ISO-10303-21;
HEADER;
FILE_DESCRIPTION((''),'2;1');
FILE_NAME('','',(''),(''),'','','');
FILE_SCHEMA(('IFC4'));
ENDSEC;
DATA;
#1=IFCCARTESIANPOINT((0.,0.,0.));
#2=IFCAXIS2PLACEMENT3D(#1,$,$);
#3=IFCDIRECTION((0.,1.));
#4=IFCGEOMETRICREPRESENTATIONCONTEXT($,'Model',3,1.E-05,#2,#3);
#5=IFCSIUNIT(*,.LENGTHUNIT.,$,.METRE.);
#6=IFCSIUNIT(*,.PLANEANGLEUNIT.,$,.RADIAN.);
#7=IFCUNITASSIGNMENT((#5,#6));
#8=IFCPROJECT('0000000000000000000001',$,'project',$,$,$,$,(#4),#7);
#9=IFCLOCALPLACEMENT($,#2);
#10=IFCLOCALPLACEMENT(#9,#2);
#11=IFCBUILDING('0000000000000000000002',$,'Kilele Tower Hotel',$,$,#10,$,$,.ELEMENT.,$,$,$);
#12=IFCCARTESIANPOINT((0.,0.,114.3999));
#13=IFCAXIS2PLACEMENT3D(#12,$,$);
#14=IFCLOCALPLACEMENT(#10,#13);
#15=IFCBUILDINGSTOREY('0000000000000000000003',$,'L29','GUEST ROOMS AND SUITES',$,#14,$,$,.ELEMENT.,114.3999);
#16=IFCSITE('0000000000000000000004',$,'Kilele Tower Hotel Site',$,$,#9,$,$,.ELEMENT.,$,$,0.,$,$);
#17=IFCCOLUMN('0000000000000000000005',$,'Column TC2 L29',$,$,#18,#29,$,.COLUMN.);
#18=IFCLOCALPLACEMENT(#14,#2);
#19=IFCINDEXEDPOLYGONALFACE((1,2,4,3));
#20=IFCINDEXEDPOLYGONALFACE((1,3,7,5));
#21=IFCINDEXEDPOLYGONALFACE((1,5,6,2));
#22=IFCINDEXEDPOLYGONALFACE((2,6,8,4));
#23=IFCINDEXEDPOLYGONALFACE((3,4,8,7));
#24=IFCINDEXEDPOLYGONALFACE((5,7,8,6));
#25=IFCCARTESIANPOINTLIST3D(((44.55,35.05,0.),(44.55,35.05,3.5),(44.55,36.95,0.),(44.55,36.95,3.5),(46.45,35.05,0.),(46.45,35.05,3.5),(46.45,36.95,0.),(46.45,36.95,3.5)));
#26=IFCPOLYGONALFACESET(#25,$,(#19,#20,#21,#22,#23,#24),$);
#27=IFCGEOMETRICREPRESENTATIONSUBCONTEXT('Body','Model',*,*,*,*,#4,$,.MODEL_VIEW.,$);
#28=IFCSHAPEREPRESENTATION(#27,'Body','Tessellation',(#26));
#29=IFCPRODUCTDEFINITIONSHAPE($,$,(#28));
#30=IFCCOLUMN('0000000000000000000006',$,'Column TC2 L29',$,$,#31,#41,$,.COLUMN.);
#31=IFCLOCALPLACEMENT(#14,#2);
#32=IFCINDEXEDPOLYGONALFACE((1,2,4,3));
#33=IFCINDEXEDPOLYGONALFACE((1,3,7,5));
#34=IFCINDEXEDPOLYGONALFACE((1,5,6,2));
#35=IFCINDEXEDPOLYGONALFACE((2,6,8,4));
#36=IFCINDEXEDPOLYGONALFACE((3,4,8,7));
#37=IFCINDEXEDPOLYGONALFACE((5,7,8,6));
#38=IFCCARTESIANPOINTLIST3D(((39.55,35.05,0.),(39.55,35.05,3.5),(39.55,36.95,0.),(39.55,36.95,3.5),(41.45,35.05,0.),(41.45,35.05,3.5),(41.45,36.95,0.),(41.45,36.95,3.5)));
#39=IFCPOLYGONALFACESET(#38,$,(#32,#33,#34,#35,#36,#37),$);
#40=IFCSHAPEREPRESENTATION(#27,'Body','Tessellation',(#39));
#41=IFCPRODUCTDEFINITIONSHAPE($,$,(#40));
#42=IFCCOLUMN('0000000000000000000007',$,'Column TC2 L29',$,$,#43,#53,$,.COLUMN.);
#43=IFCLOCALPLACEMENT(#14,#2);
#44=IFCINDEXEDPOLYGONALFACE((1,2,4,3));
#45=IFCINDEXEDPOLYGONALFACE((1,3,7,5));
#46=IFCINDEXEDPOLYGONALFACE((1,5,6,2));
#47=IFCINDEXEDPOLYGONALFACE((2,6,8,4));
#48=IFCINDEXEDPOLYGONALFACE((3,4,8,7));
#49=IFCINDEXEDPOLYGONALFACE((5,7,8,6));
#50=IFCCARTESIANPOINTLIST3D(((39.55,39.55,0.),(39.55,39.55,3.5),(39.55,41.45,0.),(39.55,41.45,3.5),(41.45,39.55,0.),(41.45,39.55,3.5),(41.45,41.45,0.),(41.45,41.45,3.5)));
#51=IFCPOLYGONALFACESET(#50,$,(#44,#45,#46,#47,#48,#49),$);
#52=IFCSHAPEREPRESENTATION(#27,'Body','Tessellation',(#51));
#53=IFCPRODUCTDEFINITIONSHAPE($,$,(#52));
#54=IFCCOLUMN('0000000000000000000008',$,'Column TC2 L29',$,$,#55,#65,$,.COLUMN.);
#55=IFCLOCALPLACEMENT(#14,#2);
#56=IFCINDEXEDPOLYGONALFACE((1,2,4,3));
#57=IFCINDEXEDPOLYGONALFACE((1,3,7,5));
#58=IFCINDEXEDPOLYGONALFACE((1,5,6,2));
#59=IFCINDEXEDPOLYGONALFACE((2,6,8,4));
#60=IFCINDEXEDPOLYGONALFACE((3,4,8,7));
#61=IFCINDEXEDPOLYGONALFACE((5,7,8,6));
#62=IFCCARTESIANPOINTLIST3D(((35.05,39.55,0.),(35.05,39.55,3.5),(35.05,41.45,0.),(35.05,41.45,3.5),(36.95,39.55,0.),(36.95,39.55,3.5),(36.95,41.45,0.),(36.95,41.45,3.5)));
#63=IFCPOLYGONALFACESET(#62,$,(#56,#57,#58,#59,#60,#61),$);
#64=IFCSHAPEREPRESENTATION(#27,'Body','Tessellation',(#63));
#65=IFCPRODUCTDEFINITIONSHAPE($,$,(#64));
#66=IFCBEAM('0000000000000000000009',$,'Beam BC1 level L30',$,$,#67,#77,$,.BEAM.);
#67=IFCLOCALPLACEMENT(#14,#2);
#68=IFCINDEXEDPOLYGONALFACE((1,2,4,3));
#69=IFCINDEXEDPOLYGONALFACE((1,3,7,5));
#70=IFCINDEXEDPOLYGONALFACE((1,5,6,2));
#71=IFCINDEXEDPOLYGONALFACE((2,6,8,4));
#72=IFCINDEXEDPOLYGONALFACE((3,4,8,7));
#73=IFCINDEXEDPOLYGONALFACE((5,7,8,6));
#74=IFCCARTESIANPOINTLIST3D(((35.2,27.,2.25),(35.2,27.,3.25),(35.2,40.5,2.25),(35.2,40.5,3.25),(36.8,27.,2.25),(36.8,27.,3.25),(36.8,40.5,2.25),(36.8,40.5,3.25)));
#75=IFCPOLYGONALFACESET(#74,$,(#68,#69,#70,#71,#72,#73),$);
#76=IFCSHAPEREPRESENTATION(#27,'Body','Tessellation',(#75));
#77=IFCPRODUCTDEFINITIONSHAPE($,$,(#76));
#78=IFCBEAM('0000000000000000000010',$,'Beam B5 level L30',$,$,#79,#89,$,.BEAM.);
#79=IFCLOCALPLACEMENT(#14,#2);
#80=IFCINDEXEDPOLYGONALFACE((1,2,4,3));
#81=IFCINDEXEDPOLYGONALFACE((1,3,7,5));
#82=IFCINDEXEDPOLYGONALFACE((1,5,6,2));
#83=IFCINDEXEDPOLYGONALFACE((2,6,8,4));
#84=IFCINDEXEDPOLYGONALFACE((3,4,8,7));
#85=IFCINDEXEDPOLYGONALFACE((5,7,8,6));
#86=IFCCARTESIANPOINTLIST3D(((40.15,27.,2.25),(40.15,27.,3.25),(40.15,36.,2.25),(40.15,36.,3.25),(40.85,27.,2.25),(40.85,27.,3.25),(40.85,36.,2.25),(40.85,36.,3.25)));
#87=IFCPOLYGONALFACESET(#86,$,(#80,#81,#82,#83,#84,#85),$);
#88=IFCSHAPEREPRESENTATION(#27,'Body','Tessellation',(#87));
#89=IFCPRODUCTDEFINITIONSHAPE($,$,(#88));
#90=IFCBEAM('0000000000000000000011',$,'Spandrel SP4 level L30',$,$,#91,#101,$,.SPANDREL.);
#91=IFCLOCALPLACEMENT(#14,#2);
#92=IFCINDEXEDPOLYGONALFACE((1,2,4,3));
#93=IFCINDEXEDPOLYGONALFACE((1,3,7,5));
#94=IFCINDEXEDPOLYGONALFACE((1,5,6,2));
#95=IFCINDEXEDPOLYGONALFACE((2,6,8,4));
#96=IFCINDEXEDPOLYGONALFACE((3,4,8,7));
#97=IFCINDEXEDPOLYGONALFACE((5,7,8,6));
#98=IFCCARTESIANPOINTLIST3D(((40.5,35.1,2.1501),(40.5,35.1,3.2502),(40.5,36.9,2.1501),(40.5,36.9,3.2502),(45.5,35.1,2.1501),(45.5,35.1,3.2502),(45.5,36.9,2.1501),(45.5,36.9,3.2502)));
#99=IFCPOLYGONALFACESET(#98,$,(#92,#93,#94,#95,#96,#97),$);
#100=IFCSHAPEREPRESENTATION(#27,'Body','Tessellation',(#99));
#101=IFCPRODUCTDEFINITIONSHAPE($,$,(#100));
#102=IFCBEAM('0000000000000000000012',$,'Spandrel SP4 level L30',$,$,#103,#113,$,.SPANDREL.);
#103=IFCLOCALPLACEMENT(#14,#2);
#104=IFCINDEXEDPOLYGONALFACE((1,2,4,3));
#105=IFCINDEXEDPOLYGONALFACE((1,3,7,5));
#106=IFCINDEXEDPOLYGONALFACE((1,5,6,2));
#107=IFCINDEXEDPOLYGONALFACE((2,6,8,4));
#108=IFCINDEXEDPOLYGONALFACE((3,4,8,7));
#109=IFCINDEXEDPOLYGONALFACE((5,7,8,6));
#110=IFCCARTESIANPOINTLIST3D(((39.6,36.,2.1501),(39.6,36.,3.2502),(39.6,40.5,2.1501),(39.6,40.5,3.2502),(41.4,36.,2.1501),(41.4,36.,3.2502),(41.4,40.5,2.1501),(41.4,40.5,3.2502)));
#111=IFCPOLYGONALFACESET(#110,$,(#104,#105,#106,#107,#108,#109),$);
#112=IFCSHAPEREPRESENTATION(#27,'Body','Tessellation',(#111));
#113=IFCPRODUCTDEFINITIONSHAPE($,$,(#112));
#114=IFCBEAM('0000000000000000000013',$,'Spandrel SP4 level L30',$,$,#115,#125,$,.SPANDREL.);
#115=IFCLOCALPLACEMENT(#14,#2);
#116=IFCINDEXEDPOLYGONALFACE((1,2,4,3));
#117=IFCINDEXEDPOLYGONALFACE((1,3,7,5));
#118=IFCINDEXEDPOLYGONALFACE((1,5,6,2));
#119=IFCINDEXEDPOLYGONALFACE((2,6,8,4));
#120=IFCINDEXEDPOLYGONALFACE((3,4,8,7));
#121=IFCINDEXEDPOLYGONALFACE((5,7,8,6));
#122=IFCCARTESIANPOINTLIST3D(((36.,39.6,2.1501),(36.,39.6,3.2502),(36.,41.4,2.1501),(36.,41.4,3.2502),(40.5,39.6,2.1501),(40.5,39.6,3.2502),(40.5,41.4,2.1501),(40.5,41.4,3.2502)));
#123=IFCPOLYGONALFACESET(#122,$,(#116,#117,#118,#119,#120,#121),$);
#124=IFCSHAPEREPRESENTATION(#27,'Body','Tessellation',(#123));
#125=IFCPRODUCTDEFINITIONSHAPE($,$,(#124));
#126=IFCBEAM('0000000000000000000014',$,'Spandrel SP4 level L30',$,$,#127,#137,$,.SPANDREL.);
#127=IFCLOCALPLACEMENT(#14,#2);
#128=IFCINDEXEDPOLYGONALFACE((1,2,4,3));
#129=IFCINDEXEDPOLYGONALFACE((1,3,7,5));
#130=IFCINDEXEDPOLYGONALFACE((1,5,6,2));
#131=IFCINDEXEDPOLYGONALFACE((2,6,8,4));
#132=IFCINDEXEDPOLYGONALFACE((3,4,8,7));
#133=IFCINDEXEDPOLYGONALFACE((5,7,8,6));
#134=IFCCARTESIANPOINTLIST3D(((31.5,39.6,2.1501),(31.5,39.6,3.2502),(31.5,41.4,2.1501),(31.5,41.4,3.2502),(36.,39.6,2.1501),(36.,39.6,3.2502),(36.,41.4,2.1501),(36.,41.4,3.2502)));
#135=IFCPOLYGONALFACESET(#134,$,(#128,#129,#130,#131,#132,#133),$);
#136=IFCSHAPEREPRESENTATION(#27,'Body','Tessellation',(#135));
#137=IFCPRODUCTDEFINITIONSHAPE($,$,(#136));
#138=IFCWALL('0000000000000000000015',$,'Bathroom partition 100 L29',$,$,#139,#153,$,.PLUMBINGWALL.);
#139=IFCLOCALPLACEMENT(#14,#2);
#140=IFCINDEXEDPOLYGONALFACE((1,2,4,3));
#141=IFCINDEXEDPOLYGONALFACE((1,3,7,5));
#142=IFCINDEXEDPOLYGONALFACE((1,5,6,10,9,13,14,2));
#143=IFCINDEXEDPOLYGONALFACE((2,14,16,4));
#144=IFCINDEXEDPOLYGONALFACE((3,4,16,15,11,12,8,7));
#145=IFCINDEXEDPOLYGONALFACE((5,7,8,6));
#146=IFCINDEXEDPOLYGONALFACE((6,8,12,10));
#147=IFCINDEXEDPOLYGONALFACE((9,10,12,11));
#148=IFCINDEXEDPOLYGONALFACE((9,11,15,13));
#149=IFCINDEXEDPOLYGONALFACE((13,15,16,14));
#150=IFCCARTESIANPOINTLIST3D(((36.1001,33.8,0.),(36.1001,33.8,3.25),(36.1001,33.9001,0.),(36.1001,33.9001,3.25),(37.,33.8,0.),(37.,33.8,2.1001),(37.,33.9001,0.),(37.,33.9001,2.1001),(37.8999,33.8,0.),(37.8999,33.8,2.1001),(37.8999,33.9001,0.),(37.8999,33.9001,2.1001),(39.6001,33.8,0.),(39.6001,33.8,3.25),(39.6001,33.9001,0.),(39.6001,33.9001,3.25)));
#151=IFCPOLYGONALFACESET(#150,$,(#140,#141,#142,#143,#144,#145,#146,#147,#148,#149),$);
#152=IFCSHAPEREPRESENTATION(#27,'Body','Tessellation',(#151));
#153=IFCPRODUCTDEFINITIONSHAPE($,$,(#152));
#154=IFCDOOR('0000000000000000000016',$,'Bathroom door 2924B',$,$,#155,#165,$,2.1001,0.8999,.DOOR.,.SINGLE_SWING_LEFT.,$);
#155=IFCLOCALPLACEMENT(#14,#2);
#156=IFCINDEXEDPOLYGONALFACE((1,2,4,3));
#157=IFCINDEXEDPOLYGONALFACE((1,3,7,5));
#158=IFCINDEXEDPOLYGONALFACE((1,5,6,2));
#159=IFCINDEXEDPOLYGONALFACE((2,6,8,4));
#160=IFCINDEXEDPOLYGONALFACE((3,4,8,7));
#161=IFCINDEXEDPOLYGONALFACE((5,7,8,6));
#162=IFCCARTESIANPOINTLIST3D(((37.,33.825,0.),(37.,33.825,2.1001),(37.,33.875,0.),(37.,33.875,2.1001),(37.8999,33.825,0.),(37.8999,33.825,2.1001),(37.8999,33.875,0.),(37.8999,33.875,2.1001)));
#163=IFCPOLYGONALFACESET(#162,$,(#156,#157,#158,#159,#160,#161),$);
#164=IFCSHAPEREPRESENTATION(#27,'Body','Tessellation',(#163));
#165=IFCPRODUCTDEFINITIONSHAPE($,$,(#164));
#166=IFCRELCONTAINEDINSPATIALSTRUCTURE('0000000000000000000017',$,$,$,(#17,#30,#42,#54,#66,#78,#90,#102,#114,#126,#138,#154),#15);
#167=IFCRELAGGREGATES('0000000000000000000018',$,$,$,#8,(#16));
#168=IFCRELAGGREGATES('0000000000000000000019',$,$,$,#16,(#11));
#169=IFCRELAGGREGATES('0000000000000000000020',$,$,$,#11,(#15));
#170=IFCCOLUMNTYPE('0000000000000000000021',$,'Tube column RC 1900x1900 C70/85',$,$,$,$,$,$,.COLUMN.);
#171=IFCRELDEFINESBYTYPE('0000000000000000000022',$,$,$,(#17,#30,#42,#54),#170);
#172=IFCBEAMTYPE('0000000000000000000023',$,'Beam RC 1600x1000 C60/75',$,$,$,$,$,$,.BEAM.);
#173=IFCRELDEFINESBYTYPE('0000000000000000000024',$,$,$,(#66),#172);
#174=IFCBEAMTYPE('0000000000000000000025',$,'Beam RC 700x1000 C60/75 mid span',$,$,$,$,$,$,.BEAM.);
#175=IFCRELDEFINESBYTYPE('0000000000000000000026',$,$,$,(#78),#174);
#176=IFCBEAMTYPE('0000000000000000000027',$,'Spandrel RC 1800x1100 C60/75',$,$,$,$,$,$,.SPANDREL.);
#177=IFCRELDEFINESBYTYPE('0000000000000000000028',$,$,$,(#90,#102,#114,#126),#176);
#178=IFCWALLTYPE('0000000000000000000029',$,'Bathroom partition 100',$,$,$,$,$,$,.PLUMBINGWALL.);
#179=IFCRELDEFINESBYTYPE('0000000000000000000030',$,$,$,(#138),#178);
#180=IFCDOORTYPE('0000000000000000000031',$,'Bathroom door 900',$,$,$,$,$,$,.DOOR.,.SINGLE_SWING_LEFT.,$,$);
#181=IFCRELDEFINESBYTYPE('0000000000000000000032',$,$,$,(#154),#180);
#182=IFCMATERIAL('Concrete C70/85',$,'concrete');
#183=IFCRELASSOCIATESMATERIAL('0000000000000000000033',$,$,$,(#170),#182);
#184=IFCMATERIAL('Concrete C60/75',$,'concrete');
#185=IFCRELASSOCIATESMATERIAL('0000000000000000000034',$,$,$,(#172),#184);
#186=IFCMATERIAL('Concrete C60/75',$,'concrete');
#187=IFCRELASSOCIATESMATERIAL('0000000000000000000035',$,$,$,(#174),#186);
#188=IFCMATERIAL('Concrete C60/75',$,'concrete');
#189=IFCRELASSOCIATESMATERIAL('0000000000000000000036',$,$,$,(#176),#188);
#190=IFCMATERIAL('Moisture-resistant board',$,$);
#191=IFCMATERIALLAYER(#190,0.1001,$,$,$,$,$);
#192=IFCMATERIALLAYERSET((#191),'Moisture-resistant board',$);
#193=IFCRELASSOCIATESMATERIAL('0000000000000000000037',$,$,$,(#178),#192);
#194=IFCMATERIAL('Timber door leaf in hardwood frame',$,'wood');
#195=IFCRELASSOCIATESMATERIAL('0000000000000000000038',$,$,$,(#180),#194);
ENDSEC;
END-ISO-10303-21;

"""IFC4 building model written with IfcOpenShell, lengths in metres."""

from ifc_helpers import new_model, si_unit, direction, frame, frame_2d, origin, origin_2d, place, context, subcontext, project, spatial, rectangle, extrude, material, layer, layer_set, material_profile, profile_set, type_object, element, fill, save


model = new_model("IFC4")

# Units and contexts
model_context = context("Model", 3, precision=1e-05, world=origin(), true_north=direction((0.0, 1.0)))
body_context = subcontext(model_context, "Body", "Model", "MODEL_VIEW")
ifc_project = project(units=[si_unit("LENGTHUNIT", "METRE"), si_unit("PLANEANGLEUNIT", "RADIAN")], contexts=[model_context])

# Site, building, storey
site_placement = place(None, origin())
site = spatial("IfcSite", under=ifc_project, at=site_placement, Name="Kilele Tower Hotel Site", CompositionType="ELEMENT", RefElevation=0.0)
building_placement = place(site_placement, origin())
building = spatial("IfcBuilding", under=site, at=building_placement, Name="Kilele Tower Hotel", CompositionType="ELEMENT")
storey_placement = place(building_placement, frame((0.0, 0.0, 114.3999)))
storey = spatial("IfcBuildingStorey", under=building, at=storey_placement, Name="L29", Description="GUEST ROOMS AND SUITES", CompositionType="ELEMENT", Elevation=114.3999)

# Columns
ifc_material_1 = material(Name="Concrete C70/85", Category="concrete")
ifc_material_profile_1 = material_profile(ifc_material_1, rectangle(XDim=1.8999, YDim=1.8999, at=origin_2d()))
ifc_profile_set_1 = profile_set([ifc_material_profile_1], Name="Concrete C70/85")
column_type = type_object("IfcColumnType", Name="Tube column RC 1900x1900 C70/85", PredefinedType="COLUMN", material=ifc_profile_set_1)
for number, where, z_axis, x_axis, name in (
    (1, (45.5, 36.0, 0.0), (0.0, 0.0, 1.0), (1.0, 0.0, 0.0), "Column TC2 L29"),
    (2, (40.5, 36.0, 0.0), (0.0, 0.0, 1.0), (1.0, 0.0, 0.0), "Column TC2 L29"),
    (3, (40.5, 40.5, 0.0), (0.0, 0.0, 1.0), (1.0, 0.0, 0.0), "Column TC2 L29"),
    (4, (36.0, 40.5, 0.0), (0.0, 0.0, 1.0), (1.0, 0.0, 0.0), "Column TC2 L29"),
):
    element("IfcColumn", number, at=place(storey_placement, frame(where, z_axis=z_axis, x_axis=x_axis)), inside=storey, type_object=column_type, Name=name, PredefinedType="COLUMN", context=body_context, shape_type="SweptSolid", body=[
        extrude(rectangle(XDim=1.8999, YDim=1.8999, at=origin_2d()), origin(), (0.0, 0.0, 1.0), 3.5),
    ])

# Beams
ifc_material_2 = material(Name="Concrete C60/75", Category="concrete")
ifc_material_profile_2 = material_profile(ifc_material_2, rectangle(XDim=1.6001, YDim=1.0, at=origin_2d()))
ifc_profile_set_2 = profile_set([ifc_material_profile_2], Name="Concrete C60/75")
beam_type_1 = type_object("IfcBeamType", Name="Beam RC 1600x1000 C60/75", PredefinedType="BEAM", material=ifc_profile_set_2)
beam_1_placement = place(storey_placement, frame((36.0, 40.5, 2.75), z_axis=(0.0, -1.0, 0.0), x_axis=(1.0, 0.0, 0.0)))
element("IfcBeam", 5, at=beam_1_placement, inside=storey, type_object=beam_type_1, Name="Beam BC1 level L30", PredefinedType="BEAM", context=body_context, shape_type="SweptSolid", body=[
    extrude(rectangle(XDim=1.6001, YDim=1.0, at=origin_2d()), origin(), (0.0, 0.0, 1.0), 13.5),
])
ifc_material_3 = material(Name="Concrete C60/75", Category="concrete")
ifc_material_profile_3 = material_profile(ifc_material_3, rectangle(XDim=0.7, YDim=1.0, at=origin_2d()))
ifc_profile_set_3 = profile_set([ifc_material_profile_3], Name="Concrete C60/75")
beam_type_2 = type_object("IfcBeamType", Name="Beam RC 700x1000 C60/75 mid span", PredefinedType="BEAM", material=ifc_profile_set_3)
beam_2_placement = place(storey_placement, frame((40.5, 36.0, 2.75), z_axis=(0.0, -1.0, 0.0), x_axis=(1.0, 0.0, 0.0)))
element("IfcBeam", 6, at=beam_2_placement, inside=storey, type_object=beam_type_2, Name="Beam B5 level L30", PredefinedType="BEAM", context=body_context, shape_type="SweptSolid", body=[
    extrude(rectangle(XDim=0.7, YDim=1.0, at=origin_2d()), origin(), (0.0, 0.0, 1.0), 9.0),
])
ifc_material_4 = material(Name="Concrete C60/75", Category="concrete")
ifc_material_profile_4 = material_profile(ifc_material_4, rectangle(XDim=1.8, YDim=1.1001, at=origin_2d()))
ifc_profile_set_4 = profile_set([ifc_material_profile_4], Name="Concrete C60/75")
beam_type_3 = type_object("IfcBeamType", Name="Spandrel RC 1800x1100 C60/75", PredefinedType="SPANDREL", material=ifc_profile_set_4)
beam_3_placement = place(storey_placement, frame((45.5, 36.0, 2.7002), z_axis=(-1.0, 0.0, 0.0), x_axis=(0.0, -1.0, 0.0)))
element("IfcBeam", 7, at=beam_3_placement, inside=storey, type_object=beam_type_3, Name="Spandrel SP4 level L30", PredefinedType="SPANDREL", context=body_context, shape_type="SweptSolid", body=[
    extrude(rectangle(XDim=1.8, YDim=1.1001, at=origin_2d()), origin(), (0.0, 0.0, 1.0), 5.0),
])
for number, where, z_axis, x_axis, name in (
    (8, (40.5, 36.0, 2.7002), (0.0, 1.0, 0.0), (-1.0, 0.0, 0.0), "Spandrel SP4 level L30"),
    (9, (40.5, 40.5, 2.7002), (-1.0, 0.0, 0.0), (0.0, -1.0, 0.0), "Spandrel SP4 level L30"),
    (10, (36.0, 40.5, 2.7002), (-1.0, 0.0, 0.0), (0.0, -1.0, 0.0), "Spandrel SP4 level L30"),
):
    element("IfcBeam", number, at=place(storey_placement, frame(where, z_axis=z_axis, x_axis=x_axis)), inside=storey, type_object=beam_type_3, Name=name, PredefinedType="SPANDREL", context=body_context, shape_type="SweptSolid", body=[
        extrude(rectangle(XDim=1.8, YDim=1.1001, at=origin_2d()), origin(), (0.0, 0.0, 1.0), 4.5),
    ])

# Wall, opening, door
ifc_material_5 = material(Name="Moisture-resistant board")
ifc_layer_1 = layer(ifc_material_5, 0.1001)
ifc_layer_set_1 = layer_set([ifc_layer_1], Name="Moisture-resistant board")
wall_type_1 = type_object("IfcWallType", Name="Bathroom partition 100", PredefinedType="PLUMBINGWALL", material=ifc_layer_set_1)
wall_1_placement = place(storey_placement, frame((36.1001, 33.8501, 0.0), z_axis=(0.0, 0.0, 1.0), x_axis=(1.0, 0.0, 0.0)))
wall_1 = element("IfcWall", 11, at=wall_1_placement, inside=storey, type_object=wall_type_1, Name="Bathroom partition 100 L29", PredefinedType="PLUMBINGWALL", context=body_context, shape_type="SweptSolid", body=[
    extrude(rectangle(XDim=3.5, YDim=0.1001, at=frame_2d((1.75, 0.0))), origin(), (0.0, 0.0, 1.0), 3.25),
])
opening_1_placement = place(wall_1_placement, frame((0.8999, 0.0, 0.0)))
opening_1 = element("IfcOpeningElement", 12, at=opening_1_placement, cuts=wall_1, PredefinedType="OPENING", context=body_context, shape_type="SweptSolid", body=[
    extrude(rectangle(XDim=0.8999, YDim=2.1001, at=frame_2d((0.45, 1.05))), frame((0.0, 0.0601, 0.0), z_axis=(0.0, -1.0, 0.0), x_axis=(1.0, 0.0, 0.0)), (0.0, 0.0, 1.0), 0.1201),
])
ifc_material_6 = material(Name="Timber door leaf in hardwood frame", Category="wood")
door_type_1 = type_object("IfcDoorType", Name="Bathroom door 900", OperationType="SINGLE_SWING_LEFT", PredefinedType="DOOR", material=ifc_material_6)
door_1_placement = place(opening_1_placement, origin())
door_1 = element("IfcDoor", 13, at=door_1_placement, inside=storey, type_object=door_type_1, Name="Bathroom door 2924B", OperationType="SINGLE_SWING_LEFT", OverallHeight=2.1001, OverallWidth=0.8999, PredefinedType="DOOR", context=body_context, shape_type="SweptSolid", body=[
    extrude(rectangle(XDim=0.8999, YDim=2.1001, at=frame_2d((0.45, 1.05))), frame((0.0, 0.0249, 0.0), z_axis=(0.0, -1.0, 0.0), x_axis=(1.0, 0.0, 0.0)), (0.0, 0.0, 1.0), 0.05),
])
fill(opening_1, door_1)

save(model, "model.ifc")
